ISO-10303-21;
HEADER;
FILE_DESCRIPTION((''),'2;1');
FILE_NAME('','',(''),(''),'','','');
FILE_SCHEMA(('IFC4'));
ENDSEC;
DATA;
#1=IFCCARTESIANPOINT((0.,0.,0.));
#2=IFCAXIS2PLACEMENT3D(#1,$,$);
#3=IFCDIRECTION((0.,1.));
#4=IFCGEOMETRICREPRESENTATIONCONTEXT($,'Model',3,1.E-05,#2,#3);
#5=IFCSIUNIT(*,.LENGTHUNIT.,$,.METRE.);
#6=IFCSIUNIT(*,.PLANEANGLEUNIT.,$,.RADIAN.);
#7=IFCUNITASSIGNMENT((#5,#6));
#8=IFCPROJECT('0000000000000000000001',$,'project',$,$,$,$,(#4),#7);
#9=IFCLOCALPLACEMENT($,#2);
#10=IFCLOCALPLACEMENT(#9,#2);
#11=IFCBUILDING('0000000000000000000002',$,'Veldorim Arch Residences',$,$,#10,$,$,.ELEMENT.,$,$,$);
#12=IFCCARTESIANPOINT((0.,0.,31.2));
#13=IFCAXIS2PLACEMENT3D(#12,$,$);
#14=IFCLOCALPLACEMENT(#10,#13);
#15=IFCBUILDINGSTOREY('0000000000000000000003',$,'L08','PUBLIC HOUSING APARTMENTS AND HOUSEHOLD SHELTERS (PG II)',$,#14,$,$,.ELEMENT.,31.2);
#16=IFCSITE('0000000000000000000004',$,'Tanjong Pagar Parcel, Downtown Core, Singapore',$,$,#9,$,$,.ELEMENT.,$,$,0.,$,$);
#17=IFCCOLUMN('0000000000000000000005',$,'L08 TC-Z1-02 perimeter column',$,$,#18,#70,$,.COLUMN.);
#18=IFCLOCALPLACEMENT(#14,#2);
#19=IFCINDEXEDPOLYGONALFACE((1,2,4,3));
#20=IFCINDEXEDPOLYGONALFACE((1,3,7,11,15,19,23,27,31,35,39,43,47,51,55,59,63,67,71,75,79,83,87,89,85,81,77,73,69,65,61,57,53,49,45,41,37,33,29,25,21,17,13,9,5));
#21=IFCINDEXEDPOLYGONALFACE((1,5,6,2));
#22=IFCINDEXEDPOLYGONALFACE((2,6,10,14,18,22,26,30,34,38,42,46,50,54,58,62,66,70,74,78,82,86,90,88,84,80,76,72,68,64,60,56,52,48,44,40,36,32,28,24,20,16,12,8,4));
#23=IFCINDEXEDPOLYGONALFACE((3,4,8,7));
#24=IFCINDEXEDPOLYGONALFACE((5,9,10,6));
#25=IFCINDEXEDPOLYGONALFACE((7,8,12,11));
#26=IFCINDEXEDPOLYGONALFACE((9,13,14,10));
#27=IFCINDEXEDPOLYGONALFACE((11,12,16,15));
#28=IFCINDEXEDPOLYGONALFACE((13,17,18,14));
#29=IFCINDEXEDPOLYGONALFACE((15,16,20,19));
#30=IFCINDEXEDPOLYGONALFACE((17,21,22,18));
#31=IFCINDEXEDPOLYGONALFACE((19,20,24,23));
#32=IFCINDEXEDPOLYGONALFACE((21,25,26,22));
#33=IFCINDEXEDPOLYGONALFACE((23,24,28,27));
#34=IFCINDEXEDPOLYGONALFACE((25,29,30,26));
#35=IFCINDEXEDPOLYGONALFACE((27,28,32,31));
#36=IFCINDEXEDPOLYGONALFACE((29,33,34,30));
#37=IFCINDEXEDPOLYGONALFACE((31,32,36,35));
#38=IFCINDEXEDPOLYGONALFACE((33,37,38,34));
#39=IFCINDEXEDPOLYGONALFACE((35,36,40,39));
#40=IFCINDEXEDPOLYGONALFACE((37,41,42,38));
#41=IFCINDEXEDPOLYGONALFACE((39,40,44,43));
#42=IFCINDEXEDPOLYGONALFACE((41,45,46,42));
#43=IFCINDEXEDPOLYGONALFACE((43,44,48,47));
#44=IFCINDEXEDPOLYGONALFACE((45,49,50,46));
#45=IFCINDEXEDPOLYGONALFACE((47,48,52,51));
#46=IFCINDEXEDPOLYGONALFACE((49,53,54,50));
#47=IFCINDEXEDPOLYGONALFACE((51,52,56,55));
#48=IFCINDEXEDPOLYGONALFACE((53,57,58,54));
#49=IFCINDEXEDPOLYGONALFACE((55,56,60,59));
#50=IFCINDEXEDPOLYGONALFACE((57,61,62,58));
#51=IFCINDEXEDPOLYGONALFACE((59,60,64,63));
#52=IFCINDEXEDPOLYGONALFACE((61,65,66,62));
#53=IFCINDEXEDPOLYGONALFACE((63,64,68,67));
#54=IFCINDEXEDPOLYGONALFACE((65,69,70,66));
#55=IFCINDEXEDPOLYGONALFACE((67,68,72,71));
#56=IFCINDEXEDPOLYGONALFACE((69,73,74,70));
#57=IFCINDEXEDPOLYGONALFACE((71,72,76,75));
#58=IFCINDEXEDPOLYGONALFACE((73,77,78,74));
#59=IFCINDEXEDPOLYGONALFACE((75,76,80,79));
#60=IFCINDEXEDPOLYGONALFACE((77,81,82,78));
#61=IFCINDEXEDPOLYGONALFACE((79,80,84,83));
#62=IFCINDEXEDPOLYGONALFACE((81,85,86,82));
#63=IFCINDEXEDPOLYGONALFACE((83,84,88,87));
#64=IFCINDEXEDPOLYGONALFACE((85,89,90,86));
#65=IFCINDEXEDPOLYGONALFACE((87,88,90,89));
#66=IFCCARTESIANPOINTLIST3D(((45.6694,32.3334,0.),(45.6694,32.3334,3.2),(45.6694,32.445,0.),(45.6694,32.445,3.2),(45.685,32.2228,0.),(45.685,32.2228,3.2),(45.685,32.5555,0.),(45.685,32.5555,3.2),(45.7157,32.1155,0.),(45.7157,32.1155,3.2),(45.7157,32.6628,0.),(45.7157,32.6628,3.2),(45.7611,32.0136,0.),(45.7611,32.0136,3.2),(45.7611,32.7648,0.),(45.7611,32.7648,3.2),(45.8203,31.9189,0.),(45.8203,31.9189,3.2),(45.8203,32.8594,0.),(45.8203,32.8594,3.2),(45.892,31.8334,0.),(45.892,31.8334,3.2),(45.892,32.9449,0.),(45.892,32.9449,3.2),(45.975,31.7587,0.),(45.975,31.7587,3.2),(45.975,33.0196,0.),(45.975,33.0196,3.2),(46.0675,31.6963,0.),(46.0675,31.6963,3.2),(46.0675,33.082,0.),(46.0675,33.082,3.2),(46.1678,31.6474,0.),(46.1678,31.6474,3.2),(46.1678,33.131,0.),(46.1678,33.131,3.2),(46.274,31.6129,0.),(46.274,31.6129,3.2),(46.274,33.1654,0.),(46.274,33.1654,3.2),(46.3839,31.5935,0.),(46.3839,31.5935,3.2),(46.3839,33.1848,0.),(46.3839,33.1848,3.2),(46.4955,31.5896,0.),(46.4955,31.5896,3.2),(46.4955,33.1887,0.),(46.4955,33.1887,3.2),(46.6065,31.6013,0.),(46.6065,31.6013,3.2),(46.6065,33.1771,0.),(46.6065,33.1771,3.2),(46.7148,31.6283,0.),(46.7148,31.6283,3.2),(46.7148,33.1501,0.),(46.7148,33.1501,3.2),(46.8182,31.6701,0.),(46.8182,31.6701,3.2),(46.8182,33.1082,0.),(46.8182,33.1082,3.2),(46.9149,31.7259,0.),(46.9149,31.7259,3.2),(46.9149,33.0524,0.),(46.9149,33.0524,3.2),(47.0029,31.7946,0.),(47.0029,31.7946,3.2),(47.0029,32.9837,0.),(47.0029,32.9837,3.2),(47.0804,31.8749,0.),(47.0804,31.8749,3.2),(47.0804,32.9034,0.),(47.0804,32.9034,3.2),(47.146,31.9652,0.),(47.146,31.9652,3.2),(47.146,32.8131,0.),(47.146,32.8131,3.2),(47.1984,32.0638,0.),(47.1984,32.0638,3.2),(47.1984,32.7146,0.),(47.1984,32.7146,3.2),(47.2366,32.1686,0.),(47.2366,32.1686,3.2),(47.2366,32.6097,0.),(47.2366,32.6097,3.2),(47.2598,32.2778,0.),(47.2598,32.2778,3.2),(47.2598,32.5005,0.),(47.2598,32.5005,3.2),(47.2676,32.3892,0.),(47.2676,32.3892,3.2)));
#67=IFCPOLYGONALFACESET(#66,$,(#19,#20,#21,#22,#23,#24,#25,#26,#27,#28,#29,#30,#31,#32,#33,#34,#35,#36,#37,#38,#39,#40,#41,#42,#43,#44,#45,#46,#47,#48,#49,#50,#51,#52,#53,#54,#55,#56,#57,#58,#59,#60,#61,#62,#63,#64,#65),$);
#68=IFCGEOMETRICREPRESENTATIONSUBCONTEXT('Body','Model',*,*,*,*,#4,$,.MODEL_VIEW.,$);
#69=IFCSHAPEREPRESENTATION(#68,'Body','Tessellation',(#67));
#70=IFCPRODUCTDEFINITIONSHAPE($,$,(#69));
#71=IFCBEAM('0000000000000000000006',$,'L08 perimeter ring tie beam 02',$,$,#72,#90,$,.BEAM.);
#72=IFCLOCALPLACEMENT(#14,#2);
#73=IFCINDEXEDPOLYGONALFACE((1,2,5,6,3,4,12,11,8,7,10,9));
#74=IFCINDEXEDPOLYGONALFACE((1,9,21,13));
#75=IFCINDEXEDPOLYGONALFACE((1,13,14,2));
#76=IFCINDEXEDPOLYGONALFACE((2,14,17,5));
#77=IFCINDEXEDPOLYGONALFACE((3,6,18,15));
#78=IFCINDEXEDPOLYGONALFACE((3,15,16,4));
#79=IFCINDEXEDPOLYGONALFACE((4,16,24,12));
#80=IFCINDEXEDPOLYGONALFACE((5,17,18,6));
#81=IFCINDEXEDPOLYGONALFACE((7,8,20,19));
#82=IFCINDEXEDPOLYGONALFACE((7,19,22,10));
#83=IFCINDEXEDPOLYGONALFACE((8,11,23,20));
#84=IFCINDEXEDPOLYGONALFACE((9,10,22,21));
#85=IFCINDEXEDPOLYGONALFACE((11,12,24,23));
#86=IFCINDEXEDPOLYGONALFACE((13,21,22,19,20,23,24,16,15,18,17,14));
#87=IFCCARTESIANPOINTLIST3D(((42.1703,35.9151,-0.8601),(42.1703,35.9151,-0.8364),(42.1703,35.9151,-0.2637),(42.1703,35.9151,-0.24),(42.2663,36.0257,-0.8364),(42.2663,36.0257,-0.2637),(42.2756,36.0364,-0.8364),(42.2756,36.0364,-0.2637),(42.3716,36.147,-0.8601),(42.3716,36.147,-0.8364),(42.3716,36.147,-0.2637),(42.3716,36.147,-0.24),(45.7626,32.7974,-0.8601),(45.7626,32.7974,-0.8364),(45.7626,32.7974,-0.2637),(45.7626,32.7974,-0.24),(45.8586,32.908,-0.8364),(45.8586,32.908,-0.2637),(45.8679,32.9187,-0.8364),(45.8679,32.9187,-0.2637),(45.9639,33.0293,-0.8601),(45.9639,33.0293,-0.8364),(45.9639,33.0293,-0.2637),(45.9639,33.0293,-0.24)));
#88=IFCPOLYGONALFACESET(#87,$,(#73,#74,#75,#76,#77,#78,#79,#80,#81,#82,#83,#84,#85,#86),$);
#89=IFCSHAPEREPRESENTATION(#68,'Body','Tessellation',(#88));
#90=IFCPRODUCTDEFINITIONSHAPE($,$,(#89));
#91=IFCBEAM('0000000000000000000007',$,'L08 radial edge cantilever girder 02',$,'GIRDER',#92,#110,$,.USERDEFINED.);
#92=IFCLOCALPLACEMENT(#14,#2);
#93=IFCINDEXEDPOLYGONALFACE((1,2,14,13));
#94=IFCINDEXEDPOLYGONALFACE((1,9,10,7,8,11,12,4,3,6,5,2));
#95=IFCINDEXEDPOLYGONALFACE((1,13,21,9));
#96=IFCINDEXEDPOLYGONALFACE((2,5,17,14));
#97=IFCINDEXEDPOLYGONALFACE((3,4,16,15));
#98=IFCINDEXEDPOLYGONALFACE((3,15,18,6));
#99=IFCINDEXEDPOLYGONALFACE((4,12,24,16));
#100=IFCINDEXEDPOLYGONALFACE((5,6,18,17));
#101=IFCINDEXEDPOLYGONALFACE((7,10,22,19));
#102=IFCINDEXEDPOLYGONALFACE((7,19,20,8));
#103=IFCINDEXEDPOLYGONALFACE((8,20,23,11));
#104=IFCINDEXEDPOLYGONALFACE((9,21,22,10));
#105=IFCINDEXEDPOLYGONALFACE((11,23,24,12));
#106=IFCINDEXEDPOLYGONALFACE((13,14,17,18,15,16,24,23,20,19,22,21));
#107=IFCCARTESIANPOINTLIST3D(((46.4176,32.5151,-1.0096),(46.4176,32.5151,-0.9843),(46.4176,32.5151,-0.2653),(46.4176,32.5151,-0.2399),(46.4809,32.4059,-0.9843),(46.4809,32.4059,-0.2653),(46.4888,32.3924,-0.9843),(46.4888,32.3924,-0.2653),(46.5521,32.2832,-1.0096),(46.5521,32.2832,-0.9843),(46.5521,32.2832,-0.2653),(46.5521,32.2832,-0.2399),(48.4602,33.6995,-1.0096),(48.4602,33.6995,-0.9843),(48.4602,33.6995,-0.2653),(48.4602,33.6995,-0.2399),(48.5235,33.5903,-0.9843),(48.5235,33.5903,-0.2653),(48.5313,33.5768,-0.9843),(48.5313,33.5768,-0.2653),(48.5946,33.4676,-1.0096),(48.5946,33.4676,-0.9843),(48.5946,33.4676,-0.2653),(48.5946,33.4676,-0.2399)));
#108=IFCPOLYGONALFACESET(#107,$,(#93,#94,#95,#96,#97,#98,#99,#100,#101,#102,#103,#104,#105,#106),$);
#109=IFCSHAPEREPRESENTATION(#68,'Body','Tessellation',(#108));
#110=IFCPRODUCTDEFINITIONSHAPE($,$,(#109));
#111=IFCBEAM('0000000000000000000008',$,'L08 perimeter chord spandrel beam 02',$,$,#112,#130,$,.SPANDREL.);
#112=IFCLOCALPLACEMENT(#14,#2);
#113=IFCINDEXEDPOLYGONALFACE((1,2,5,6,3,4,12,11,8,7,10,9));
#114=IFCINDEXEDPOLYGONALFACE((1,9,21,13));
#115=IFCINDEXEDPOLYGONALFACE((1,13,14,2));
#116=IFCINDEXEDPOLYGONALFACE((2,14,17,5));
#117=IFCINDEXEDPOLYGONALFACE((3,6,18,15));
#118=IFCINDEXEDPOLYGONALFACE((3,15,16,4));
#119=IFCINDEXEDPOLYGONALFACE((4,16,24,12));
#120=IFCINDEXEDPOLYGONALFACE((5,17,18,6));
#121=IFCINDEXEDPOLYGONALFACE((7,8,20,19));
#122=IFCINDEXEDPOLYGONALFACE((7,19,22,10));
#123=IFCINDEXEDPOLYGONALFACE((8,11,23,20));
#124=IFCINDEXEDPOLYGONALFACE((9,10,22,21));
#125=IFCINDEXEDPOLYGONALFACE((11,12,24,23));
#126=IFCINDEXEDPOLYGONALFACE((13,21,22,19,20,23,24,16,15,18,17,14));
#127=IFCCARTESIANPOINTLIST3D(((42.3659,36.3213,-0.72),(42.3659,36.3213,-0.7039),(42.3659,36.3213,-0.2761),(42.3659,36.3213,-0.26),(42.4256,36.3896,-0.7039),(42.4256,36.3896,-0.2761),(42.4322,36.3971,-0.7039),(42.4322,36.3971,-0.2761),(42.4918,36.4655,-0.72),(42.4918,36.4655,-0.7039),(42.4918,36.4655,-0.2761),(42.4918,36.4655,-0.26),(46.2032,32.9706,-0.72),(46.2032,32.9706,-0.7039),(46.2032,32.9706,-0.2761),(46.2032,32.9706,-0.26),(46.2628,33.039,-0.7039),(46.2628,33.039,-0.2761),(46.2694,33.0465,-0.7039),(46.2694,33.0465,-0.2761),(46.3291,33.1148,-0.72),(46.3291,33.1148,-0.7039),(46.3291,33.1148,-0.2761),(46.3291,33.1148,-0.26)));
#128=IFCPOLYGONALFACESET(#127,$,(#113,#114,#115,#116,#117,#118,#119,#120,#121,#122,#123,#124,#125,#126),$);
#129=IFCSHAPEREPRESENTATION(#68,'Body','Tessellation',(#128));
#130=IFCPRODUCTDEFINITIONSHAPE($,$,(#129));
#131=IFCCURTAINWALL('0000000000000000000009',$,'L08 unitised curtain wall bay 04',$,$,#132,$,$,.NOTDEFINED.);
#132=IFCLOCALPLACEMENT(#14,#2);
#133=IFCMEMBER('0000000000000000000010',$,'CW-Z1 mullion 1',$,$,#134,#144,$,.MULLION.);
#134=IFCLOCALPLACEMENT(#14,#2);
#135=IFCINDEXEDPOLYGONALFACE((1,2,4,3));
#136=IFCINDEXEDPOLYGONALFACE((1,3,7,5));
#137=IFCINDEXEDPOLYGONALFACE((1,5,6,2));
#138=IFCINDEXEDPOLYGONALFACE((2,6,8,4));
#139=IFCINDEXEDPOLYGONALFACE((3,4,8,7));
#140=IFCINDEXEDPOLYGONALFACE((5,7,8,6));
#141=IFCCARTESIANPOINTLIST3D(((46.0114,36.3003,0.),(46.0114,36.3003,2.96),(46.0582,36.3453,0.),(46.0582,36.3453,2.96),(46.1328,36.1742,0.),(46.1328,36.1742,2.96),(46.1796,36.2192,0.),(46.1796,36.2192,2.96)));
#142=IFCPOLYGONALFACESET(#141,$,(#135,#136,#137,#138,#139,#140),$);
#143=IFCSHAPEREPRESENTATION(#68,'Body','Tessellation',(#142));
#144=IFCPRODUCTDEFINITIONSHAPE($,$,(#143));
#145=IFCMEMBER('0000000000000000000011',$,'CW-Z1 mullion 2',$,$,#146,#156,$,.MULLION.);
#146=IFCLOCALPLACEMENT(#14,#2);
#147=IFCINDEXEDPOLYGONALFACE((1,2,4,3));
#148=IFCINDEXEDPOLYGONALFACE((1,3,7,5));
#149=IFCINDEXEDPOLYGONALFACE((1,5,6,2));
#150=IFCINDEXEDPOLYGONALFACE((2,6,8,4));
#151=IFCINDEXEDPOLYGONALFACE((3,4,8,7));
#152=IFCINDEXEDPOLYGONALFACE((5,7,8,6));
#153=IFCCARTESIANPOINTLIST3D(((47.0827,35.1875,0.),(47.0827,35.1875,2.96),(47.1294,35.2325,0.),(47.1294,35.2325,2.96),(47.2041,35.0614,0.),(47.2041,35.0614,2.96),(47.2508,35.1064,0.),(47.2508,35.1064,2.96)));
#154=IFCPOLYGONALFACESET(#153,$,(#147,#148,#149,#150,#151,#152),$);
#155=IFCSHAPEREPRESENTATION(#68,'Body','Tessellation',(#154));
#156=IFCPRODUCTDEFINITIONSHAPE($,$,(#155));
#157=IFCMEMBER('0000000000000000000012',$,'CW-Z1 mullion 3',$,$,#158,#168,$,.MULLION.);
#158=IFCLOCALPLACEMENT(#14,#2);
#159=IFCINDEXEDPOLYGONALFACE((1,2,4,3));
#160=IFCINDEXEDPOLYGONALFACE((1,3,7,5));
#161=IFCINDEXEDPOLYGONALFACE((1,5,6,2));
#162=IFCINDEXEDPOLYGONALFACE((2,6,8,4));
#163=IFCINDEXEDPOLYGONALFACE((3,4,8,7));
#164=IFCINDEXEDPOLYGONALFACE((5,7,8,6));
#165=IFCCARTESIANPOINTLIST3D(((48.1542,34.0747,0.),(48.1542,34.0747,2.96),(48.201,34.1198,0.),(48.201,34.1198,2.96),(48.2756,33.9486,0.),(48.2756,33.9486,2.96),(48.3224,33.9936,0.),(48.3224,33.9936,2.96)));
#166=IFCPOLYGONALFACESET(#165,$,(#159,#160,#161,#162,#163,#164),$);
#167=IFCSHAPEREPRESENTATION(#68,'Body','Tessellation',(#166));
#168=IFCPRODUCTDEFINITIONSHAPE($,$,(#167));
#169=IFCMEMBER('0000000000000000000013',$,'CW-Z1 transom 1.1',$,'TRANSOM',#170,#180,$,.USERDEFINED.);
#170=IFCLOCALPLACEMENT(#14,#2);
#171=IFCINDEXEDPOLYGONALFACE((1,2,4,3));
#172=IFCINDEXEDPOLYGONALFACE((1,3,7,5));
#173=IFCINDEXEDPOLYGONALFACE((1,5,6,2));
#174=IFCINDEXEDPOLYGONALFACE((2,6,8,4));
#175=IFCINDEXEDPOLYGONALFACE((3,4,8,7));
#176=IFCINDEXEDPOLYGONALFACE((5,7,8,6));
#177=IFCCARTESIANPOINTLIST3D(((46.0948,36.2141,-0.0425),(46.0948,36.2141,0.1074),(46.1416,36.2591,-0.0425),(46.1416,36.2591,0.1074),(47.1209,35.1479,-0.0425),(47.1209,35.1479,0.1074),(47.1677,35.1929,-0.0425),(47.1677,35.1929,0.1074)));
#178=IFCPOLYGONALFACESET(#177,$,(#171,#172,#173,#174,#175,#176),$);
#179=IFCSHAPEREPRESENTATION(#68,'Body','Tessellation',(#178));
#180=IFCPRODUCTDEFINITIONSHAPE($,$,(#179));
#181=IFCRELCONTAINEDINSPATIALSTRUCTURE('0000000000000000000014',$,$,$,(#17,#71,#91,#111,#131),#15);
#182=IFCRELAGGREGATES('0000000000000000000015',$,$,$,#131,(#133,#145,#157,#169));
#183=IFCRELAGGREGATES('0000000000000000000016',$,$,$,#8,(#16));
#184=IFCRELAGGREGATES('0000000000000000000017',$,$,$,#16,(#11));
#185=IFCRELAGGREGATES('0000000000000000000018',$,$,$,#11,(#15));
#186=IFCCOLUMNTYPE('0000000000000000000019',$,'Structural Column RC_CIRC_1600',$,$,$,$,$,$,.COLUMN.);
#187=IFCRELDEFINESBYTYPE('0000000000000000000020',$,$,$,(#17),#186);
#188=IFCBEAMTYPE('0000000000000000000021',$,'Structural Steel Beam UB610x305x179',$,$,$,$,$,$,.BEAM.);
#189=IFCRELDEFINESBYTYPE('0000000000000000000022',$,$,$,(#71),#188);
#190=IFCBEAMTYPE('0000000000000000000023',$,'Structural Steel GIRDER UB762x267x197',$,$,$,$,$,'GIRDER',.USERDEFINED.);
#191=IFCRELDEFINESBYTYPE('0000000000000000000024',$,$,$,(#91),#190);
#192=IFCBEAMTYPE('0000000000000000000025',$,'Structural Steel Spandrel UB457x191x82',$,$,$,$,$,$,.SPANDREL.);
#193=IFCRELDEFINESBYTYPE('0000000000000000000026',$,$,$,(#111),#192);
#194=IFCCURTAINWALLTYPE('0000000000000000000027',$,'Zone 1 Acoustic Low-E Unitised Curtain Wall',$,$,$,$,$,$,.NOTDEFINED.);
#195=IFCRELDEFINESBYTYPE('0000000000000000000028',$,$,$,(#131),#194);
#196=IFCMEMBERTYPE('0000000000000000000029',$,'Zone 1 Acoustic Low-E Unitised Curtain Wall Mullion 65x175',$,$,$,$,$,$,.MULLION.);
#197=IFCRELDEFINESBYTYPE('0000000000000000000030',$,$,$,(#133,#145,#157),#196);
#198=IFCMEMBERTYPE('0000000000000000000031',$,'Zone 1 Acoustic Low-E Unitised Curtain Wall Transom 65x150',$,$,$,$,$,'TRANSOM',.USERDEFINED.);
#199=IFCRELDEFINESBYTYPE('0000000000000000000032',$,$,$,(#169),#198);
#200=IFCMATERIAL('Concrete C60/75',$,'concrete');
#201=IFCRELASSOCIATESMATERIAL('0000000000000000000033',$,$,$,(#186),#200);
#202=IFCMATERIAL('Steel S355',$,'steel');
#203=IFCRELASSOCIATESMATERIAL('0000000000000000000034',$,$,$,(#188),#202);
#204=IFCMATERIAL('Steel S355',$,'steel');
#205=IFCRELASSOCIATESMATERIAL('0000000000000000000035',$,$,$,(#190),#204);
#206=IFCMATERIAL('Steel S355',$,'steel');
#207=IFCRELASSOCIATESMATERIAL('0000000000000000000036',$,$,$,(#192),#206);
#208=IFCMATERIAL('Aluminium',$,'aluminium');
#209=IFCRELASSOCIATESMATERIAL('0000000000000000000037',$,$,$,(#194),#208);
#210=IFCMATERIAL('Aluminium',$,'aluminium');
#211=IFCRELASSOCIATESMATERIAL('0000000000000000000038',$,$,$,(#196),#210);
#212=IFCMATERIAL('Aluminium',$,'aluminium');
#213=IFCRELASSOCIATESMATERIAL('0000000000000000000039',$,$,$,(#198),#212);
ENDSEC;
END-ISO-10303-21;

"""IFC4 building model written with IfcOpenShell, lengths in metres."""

from ifc_helpers import new_model, si_unit, direction, frame, origin, origin_2d, place, context, subcontext, project, spatial, rectangle, circle, i_section, extrude, material, material_profile, profile_set, type_object, element, aggregate, save


model = new_model("IFC4")

# Units and contexts
model_context = context("Model", 3, precision=1e-05, world=origin(), true_north=direction((0.0, 1.0)))
body_context = subcontext(model_context, "Body", "Model", "MODEL_VIEW")
ifc_project = project(units=[si_unit("LENGTHUNIT", "METRE"), si_unit("PLANEANGLEUNIT", "RADIAN")], contexts=[model_context])

# Site, building, storey
site_placement = place(None, origin())
site = spatial("IfcSite", under=ifc_project, at=site_placement, Name="Tanjong Pagar Parcel, Downtown Core, Singapore", CompositionType="ELEMENT", RefElevation=0.0)
building_placement = place(site_placement, origin())
building = spatial("IfcBuilding", under=site, at=building_placement, Name="Veldorim Arch Residences", CompositionType="ELEMENT")
storey_placement = place(building_placement, frame((0.0, 0.0, 31.2)))
storey = spatial("IfcBuildingStorey", under=building, at=storey_placement, Name="L08", Description="PUBLIC HOUSING APARTMENTS AND HOUSEHOLD SHELTERS (PG II)", CompositionType="ELEMENT", Elevation=31.2)

# Column
ifc_material_1 = material(Name="Concrete C60/75", Category="concrete")
ifc_material_profile_1 = material_profile(ifc_material_1, circle(Radius=0.8, at=origin_2d()), Name="RC_CIRC_1600")
ifc_profile_set_1 = profile_set([ifc_material_profile_1], Name="Concrete C60/75")
column_type = type_object("IfcColumnType", Name="Structural Column RC_CIRC_1600", PredefinedType="COLUMN", material=ifc_profile_set_1)
column_placement = place(storey_placement, frame((46.4675, 32.3892, 0.0), z_axis=(0.0, 0.0, 1.0), x_axis=(1.0, 0.0, 0.0)))
element("IfcColumn", 1, at=column_placement, inside=storey, type_object=column_type, Name="L08 TC-Z1-02 perimeter column", PredefinedType="COLUMN", context=body_context, shape_type="SweptSolid", body=[
    extrude(circle(Radius=0.8, at=origin_2d()), origin(), (0.0, 0.0, 1.0), 3.2),
])

# Beams
ifc_material_2 = material(Name="Steel S355", Category="steel")
ifc_material_profile_2 = material_profile(ifc_material_2, i_section(OverallWidth=0.3071, OverallDepth=0.6201, WebThickness=0.0142, FlangeThickness=0.0237, at=origin_2d()), Name="UB610x305x179")
ifc_profile_set_2 = profile_set([ifc_material_profile_2], Name="Steel S355")
beam_type_1 = type_object("IfcBeamType", Name="Structural Steel Beam UB610x305x179", PredefinedType="BEAM", material=ifc_profile_set_2)
beam_1_placement = place(storey_placement, frame((45.8633, 32.9133, -0.55), z_axis=(-0.755235, 0.655454, 0.0), x_axis=(-0.655454, -0.755235, 0.0)))
element("IfcBeam", 2, at=beam_1_placement, inside=storey, type_object=beam_type_1, Name="L08 perimeter ring tie beam 02", PredefinedType="BEAM", context=body_context, shape_type="SweptSolid", body=[
    extrude(i_section(OverallWidth=0.3071, OverallDepth=0.6201, WebThickness=0.0142, FlangeThickness=0.0237, at=origin_2d()), origin(), (0.0, 0.0, 1.0), 4.7566),
])
ifc_material_3 = material(Name="Steel S355", Category="steel")
ifc_material_profile_3 = material_profile(ifc_material_3, i_section(OverallWidth=0.2681, OverallDepth=0.7698, WebThickness=0.0156, FlangeThickness=0.0254, at=origin_2d()), Name="UB762x267x197")
ifc_profile_set_3 = profile_set([ifc_material_profile_3], Name="Steel S355")
beam_type_2 = type_object("IfcBeamType", Name="Structural Steel GIRDER UB762x267x197", ElementType="GIRDER", PredefinedType="USERDEFINED", material=ifc_profile_set_3)
beam_2_placement = place(storey_placement, frame((46.4849, 32.3992, -0.6248), z_axis=(0.865089, 0.501619, 0.0), x_axis=(-0.501619, 0.865089, 0.0)))
element("IfcBeam", 3, at=beam_2_placement, inside=storey, type_object=beam_type_2, Name="L08 radial edge cantilever girder 02", ObjectType="GIRDER", PredefinedType="USERDEFINED", context=body_context, shape_type="SweptSolid", body=[
    extrude(i_section(OverallWidth=0.2681, OverallDepth=0.7698, WebThickness=0.0156, FlangeThickness=0.0254, at=origin_2d()), origin(), (0.0, 0.0, 1.0), 2.3611),
])
ifc_material_4 = material(Name="Steel S355", Category="steel")
ifc_material_profile_4 = material_profile(ifc_material_4, i_section(OverallWidth=0.1914, OverallDepth=0.46, WebThickness=0.01, FlangeThickness=0.0161, at=origin_2d()), Name="UB457x191x82")
ifc_profile_set_4 = profile_set([ifc_material_profile_4], Name="Steel S355")
beam_type_3 = type_object("IfcBeamType", Name="Structural Steel Spandrel UB457x191x82", PredefinedType="SPANDREL", material=ifc_profile_set_4)
beam_3_placement = place(storey_placement, frame((46.2661, 33.0427, -0.49), z_axis=(-0.75325, 0.657734, 0.0), x_axis=(-0.657734, -0.75325, 0.0)))
element("IfcBeam", 4, at=beam_3_placement, inside=storey, type_object=beam_type_3, Name="L08 perimeter chord spandrel beam 02", PredefinedType="SPANDREL", context=body_context, shape_type="SweptSolid", body=[
    extrude(i_section(OverallWidth=0.1914, OverallDepth=0.46, WebThickness=0.01, FlangeThickness=0.0161, at=origin_2d()), origin(), (0.0, 0.0, 1.0), 5.0942),
])

# Curtain wall, members
ifc_material_5 = material(Name="Aluminium", Category="aluminium")
curtain_wall_type = type_object("IfcCurtainWallType", Name="Zone 1 Acoustic Low-E Unitised Curtain Wall", PredefinedType="NOTDEFINED", material=ifc_material_5)
curtain_wall_placement = place(storey_placement, origin())
curtain_wall = element("IfcCurtainWall", 5, at=curtain_wall_placement, inside=storey, type_object=curtain_wall_type, Name="L08 unitised curtain wall bay 04", PredefinedType="NOTDEFINED")
ifc_material_6 = material(Name="Aluminium", Category="aluminium")
ifc_material_profile_5 = material_profile(ifc_material_6, rectangle(XDim=0.0649, YDim=0.175, at=origin_2d()), Name="ALU_MUL_65x175")
ifc_profile_set_5 = profile_set([ifc_material_profile_5], Name="Aluminium")
member_type_1 = type_object("IfcMemberType", Name="Zone 1 Acoustic Low-E Unitised Curtain Wall Mullion 65x175", PredefinedType="MULLION", material=ifc_profile_set_5)
member_1_placement = place(storey_placement, frame((46.0955, 36.2598, 0.0), z_axis=(0.0, 0.0, 1.0), x_axis=(0.720421, 0.693538, 0.0)))
member_1 = element("IfcMember", 6, at=member_1_placement, type_object=member_type_1, Name="CW-Z1 mullion 1", PredefinedType="MULLION", context=body_context, shape_type="SweptSolid", body=[
    extrude(rectangle(XDim=0.0649, YDim=0.175, at=origin_2d()), origin(), (0.0, 0.0, 1.0), 2.96),
])
member_2_placement = place(storey_placement, frame((47.1667, 35.147, 0.0), z_axis=(0.0, 0.0, 1.0), x_axis=(0.720421, 0.693538, 0.0)))
member_2 = element("IfcMember", 7, at=member_2_placement, type_object=member_type_1, Name="CW-Z1 mullion 2", PredefinedType="MULLION", context=body_context, shape_type="SweptSolid", body=[
    extrude(rectangle(XDim=0.0649, YDim=0.175, at=origin_2d()), origin(), (0.0, 0.0, 1.0), 2.96),
])
member_3_placement = place(storey_placement, frame((48.2383, 34.0342, 0.0), z_axis=(0.0, 0.0, 1.0), x_axis=(0.720421, 0.693538, 0.0)))
member_3 = element("IfcMember", 8, at=member_3_placement, type_object=member_type_1, Name="CW-Z1 mullion 3", PredefinedType="MULLION", context=body_context, shape_type="SweptSolid", body=[
    extrude(rectangle(XDim=0.0649, YDim=0.175, at=origin_2d()), origin(), (0.0, 0.0, 1.0), 2.96),
])
ifc_material_7 = material(Name="Aluminium", Category="aluminium")
ifc_material_profile_6 = material_profile(ifc_material_7, rectangle(XDim=0.0649, YDim=0.1499, at=origin_2d()), Name="ALU_TRN_65x150")
ifc_profile_set_6 = profile_set([ifc_material_profile_6], Name="Aluminium")
member_type_2 = type_object("IfcMemberType", Name="Zone 1 Acoustic Low-E Unitised Curtain Wall Transom 65x150", ElementType="TRANSOM", PredefinedType="USERDEFINED", material=ifc_profile_set_6)
member_4_placement = place(storey_placement, frame((46.1182, 36.2366, 0.0325), z_axis=(0.693448, -0.720506, 0.0), x_axis=(0.720506, 0.693448, 0.0)))
member_4 = element("IfcMember", 9, at=member_4_placement, type_object=member_type_2, Name="CW-Z1 transom 1.1", ObjectType="TRANSOM", PredefinedType="USERDEFINED", context=body_context, shape_type="SweptSolid", body=[
    extrude(rectangle(XDim=0.0649, YDim=0.1499, at=origin_2d()), origin(), (0.0, 0.0, 1.0), 1.4797),
])
aggregate(curtain_wall, [member_1, member_2, member_3, member_4])

save(model, "model.ifc")
